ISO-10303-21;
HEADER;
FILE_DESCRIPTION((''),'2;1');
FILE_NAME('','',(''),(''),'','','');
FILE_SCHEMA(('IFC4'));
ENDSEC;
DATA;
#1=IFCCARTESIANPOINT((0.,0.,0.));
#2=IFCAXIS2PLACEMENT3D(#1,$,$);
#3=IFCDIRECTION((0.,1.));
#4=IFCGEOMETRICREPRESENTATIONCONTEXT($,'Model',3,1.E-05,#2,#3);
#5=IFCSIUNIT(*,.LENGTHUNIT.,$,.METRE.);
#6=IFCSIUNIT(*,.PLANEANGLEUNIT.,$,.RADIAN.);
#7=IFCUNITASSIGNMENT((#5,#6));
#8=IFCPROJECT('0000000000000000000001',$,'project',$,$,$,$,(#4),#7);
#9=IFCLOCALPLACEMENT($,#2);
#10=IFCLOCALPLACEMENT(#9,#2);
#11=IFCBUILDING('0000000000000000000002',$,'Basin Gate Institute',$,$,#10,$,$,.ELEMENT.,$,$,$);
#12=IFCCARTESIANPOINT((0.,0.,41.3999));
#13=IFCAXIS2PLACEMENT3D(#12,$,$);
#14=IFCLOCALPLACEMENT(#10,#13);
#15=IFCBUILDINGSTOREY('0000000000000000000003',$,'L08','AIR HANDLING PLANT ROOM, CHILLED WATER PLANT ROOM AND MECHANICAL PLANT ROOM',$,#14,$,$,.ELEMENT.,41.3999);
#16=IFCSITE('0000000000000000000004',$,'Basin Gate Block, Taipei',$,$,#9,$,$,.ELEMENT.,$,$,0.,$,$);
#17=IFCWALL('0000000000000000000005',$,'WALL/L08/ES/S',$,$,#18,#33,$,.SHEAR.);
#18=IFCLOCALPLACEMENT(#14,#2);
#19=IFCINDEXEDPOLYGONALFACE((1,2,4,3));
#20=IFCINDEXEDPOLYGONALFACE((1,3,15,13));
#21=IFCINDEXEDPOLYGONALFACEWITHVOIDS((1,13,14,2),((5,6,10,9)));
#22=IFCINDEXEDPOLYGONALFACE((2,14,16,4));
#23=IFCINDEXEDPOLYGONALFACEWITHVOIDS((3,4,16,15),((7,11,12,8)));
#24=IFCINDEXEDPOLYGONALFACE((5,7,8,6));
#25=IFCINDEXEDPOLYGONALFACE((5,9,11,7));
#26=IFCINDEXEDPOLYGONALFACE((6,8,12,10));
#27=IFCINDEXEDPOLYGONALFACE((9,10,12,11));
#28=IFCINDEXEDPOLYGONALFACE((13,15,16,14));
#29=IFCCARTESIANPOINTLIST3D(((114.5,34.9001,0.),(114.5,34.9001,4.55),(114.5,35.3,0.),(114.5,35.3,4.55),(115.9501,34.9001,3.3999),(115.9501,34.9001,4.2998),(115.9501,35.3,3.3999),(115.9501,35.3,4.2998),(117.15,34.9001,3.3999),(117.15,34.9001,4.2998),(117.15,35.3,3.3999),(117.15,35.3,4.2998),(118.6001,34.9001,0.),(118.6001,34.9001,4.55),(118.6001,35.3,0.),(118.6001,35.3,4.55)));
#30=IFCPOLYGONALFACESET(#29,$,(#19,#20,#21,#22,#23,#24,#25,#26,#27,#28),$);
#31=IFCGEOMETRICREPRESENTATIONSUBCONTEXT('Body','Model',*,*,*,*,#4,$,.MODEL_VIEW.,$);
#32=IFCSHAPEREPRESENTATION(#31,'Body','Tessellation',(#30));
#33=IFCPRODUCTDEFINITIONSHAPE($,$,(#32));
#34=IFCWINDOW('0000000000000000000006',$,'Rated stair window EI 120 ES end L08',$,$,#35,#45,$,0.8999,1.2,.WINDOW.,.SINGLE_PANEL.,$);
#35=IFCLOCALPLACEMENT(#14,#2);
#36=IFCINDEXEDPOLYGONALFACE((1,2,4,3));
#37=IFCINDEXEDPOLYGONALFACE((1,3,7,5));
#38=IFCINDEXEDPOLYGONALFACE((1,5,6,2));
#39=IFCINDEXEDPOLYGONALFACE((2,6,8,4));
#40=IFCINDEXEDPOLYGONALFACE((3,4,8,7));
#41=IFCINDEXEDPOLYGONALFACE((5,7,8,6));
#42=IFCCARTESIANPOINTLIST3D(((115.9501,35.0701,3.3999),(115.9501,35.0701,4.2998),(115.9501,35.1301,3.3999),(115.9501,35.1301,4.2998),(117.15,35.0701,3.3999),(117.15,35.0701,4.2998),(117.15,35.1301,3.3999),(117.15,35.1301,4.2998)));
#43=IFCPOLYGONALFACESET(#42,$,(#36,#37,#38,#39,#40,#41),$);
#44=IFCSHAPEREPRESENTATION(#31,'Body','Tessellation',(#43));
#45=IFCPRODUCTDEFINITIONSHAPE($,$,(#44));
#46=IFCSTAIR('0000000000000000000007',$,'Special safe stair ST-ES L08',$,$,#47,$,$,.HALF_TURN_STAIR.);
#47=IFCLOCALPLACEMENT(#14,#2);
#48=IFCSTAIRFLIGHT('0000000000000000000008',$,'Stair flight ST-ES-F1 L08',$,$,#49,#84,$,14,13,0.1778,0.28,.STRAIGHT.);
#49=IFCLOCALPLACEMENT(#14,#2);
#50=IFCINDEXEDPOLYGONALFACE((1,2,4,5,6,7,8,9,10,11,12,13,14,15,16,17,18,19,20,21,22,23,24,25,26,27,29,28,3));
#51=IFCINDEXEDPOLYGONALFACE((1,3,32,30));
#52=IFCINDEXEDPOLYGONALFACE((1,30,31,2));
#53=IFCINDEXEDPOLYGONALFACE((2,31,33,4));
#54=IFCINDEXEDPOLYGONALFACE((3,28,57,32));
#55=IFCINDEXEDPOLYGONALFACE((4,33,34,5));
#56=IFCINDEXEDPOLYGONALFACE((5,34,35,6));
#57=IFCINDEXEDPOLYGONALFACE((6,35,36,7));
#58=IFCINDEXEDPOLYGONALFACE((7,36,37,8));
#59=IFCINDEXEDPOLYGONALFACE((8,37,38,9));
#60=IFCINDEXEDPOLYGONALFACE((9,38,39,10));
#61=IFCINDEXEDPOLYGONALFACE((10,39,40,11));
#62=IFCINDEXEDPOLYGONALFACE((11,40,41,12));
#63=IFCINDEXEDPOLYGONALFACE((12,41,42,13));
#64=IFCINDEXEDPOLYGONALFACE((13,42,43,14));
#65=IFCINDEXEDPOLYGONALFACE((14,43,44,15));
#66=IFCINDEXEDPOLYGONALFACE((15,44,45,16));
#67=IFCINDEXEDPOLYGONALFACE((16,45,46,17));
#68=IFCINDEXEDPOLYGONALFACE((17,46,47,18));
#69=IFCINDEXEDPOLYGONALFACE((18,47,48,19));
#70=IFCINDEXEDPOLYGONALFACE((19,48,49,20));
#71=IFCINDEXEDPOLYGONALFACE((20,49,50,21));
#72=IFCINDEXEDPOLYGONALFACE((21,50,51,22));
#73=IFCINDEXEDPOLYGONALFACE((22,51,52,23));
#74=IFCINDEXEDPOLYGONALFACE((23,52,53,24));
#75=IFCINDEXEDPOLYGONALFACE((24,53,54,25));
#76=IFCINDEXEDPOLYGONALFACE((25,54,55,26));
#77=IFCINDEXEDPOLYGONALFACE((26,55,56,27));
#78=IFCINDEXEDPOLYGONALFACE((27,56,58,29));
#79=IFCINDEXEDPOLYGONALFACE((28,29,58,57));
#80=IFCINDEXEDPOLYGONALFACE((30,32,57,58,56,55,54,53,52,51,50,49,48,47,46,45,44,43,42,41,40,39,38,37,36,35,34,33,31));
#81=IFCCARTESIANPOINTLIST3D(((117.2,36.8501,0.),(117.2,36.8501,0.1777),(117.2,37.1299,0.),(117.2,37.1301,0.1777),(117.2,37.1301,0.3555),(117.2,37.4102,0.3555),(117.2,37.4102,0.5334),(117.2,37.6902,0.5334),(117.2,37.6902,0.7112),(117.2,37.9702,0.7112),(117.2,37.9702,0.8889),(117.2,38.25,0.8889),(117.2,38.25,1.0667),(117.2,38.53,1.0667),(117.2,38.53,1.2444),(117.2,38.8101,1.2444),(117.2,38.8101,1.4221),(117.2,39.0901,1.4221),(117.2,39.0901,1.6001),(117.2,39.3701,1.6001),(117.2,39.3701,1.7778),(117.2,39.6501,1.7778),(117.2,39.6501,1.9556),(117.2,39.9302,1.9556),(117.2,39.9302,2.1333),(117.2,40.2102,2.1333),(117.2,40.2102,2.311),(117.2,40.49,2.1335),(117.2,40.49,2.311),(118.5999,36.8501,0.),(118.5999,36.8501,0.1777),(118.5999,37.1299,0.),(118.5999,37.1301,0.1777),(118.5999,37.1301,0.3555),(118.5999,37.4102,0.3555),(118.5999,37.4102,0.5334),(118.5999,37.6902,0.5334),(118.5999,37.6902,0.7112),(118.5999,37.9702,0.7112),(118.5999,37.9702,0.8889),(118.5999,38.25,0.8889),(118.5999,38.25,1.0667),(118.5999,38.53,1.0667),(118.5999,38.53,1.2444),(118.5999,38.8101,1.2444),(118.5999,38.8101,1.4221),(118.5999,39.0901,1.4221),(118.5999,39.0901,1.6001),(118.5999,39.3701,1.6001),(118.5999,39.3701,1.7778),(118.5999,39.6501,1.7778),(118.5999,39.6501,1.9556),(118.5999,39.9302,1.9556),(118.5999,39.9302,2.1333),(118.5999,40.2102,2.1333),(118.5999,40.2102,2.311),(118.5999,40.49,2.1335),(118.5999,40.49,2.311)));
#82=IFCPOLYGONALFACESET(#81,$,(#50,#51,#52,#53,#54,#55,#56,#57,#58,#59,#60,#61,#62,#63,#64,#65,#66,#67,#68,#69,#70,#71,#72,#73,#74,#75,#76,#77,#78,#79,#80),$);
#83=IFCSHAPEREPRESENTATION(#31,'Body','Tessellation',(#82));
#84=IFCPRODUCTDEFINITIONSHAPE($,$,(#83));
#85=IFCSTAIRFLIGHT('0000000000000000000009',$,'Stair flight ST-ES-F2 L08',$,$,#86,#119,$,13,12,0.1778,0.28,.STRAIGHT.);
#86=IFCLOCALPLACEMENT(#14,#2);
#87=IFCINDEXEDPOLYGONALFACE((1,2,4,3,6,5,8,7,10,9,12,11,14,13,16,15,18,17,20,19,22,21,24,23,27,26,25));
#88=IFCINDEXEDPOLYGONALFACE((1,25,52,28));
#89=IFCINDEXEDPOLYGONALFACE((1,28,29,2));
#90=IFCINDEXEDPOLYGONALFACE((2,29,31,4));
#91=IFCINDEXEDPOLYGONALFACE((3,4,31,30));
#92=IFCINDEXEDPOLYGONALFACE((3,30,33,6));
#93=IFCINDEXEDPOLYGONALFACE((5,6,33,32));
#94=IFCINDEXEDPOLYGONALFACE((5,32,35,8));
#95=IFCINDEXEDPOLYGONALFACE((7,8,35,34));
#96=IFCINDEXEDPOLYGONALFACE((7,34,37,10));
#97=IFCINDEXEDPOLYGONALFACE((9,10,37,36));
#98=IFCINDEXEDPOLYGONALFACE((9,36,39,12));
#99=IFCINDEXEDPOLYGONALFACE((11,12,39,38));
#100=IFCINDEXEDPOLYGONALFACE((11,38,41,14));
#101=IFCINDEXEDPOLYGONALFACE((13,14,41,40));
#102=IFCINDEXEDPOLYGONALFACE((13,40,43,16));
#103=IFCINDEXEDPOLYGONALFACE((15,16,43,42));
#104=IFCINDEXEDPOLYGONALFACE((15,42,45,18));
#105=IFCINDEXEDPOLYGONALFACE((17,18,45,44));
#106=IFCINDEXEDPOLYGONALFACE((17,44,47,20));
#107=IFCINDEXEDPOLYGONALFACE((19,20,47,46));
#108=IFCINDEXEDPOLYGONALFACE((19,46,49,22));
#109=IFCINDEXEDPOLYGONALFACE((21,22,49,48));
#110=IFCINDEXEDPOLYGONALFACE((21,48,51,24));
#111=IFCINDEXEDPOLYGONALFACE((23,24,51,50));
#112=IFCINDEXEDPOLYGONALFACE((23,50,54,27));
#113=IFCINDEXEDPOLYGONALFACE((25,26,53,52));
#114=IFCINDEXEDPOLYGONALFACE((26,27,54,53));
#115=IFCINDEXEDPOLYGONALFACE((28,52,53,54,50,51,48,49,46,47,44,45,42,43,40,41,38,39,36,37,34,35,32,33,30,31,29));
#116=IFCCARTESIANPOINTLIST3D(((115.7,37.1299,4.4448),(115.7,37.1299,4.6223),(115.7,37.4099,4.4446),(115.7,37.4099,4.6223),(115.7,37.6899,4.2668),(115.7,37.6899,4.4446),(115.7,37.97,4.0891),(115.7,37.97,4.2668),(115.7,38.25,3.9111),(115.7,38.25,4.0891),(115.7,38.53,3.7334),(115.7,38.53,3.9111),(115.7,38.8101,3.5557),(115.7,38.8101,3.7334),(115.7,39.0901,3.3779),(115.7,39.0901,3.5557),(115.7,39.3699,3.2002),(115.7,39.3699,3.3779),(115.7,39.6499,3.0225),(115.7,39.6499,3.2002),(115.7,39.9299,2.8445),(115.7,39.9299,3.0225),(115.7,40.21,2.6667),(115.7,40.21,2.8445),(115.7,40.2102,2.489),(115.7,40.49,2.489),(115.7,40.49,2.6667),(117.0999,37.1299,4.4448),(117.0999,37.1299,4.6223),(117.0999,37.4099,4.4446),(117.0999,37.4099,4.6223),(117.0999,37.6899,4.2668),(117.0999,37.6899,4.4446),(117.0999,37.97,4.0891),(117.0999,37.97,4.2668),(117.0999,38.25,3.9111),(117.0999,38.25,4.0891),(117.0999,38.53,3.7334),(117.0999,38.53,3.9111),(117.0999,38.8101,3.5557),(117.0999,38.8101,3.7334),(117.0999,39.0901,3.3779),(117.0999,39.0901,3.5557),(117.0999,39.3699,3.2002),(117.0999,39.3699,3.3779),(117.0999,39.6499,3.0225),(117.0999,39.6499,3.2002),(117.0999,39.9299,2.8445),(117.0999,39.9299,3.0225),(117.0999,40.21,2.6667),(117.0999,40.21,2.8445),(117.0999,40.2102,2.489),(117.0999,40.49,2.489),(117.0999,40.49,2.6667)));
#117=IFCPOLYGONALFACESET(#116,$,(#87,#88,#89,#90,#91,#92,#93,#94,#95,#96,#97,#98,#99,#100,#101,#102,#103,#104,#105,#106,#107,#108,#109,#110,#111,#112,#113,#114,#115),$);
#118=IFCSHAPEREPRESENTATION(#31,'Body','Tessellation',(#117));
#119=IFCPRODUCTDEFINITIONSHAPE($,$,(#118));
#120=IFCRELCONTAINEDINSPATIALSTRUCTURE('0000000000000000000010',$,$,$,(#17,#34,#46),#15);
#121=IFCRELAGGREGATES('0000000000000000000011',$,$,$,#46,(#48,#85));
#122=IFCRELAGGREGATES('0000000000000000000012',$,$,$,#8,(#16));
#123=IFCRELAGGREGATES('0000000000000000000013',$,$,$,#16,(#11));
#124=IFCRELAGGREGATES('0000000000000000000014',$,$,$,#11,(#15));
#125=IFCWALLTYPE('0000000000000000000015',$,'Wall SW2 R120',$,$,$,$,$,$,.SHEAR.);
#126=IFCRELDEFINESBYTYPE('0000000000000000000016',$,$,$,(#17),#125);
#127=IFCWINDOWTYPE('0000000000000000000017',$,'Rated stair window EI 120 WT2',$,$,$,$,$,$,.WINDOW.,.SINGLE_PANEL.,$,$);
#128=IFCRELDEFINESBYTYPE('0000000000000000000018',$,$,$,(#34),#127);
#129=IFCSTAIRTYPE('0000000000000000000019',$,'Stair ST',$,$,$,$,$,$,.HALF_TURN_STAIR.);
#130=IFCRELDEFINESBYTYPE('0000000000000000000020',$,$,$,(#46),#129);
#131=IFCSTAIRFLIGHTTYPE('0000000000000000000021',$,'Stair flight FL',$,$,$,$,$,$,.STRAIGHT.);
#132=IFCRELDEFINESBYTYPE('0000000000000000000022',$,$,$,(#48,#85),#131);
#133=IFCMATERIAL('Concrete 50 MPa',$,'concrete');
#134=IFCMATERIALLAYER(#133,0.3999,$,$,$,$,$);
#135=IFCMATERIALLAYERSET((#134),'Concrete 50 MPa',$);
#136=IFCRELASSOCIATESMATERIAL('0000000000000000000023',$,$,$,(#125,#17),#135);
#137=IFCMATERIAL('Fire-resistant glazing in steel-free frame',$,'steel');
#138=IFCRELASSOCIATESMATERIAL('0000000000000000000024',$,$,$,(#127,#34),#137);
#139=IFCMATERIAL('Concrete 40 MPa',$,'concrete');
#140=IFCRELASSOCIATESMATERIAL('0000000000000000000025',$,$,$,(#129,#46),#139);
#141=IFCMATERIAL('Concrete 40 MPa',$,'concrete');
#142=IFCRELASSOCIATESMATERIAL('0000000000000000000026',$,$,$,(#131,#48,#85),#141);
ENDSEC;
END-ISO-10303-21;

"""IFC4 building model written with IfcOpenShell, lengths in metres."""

from ifc_helpers import new_model, si_unit, direction, frame, frame_2d, origin, place, context, subcontext, project, spatial, polyline, rectangle, outline, extrude, material, layer, layer_set, type_object, element, fill, aggregate, save


model = new_model("IFC4")

# Units and contexts
model_context = context("Model", 3, precision=1e-05, world=origin(), true_north=direction((0.0, 1.0)))
body_context = subcontext(model_context, "Body", "Model", "MODEL_VIEW")
ifc_project = project(units=[si_unit("LENGTHUNIT", "METRE"), si_unit("PLANEANGLEUNIT", "RADIAN")], contexts=[model_context])

# Site, building, storey
site_placement = place(None, origin())
site = spatial("IfcSite", under=ifc_project, at=site_placement, Name="Basin Gate Block, Taipei", CompositionType="ELEMENT", RefElevation=0.0)
building_placement = place(site_placement, origin())
building = spatial("IfcBuilding", under=site, at=building_placement, Name="Basin Gate Institute", CompositionType="ELEMENT")
storey_placement = place(building_placement, frame((0.0, 0.0, 41.3999)))
storey = spatial("IfcBuildingStorey", under=building, at=storey_placement, Name="L08", Description="AIR HANDLING PLANT ROOM, CHILLED WATER PLANT ROOM AND MECHANICAL PLANT ROOM", CompositionType="ELEMENT", Elevation=41.3999)

# Shared definitions
ifc_material_1 = material(Name="Concrete 50 MPa", Category="concrete")
ifc_layer_1 = layer(ifc_material_1, 0.3999)
ifc_layer_set_1 = layer_set([ifc_layer_1], Name="Concrete 50 MPa")
wall_type_1 = type_object("IfcWallType", Name="Wall SW2 R120", PredefinedType="SHEAR", material=ifc_layer_set_1)
ifc_material_2 = material(Name="Fire-resistant glazing in steel-free frame", Category="steel")
window_type_1 = type_object("IfcWindowType", Name="Rated stair window EI 120 WT2", PartitioningType="SINGLE_PANEL", PredefinedType="WINDOW", material=ifc_material_2)

# Wall, opening, window
wall_1_placement = place(storey_placement, frame((118.6001, 35.1001, 0.0), z_axis=(0.0, 0.0, 1.0), x_axis=(-1.0, 0.0, 0.0)))
wall_1 = element("IfcWall", 1, at=wall_1_placement, inside=storey, type_object=wall_type_1, material=ifc_layer_set_1, Name="WALL/L08/ES/S", PredefinedType="SHEAR", context=body_context, shape_type="SweptSolid", body=[
    extrude(rectangle(XDim=4.1001, YDim=0.3999, at=frame_2d((2.05, 0.0))), origin(), (0.0, 0.0, 1.0), 4.55),
])
opening_1_placement = place(wall_1_placement, frame((1.45, 0.0, 3.3999)))
opening_1 = element("IfcOpeningElement", 2, at=opening_1_placement, cuts=wall_1, PredefinedType="OPENING", context=body_context, shape_type="SweptSolid", body=[
    extrude(rectangle(XDim=1.2, YDim=0.8999, at=frame_2d((0.6001, 0.45))), frame((0.0, 0.21, 0.0), z_axis=(0.0, -1.0, 0.0), x_axis=(1.0, 0.0, 0.0)), (0.0, 0.0, 1.0), 0.4199),
])
window_1_placement = place(opening_1_placement, origin())
window_1 = element("IfcWindow", 3, at=window_1_placement, inside=storey, type_object=window_type_1, material=ifc_material_2, Name="Rated stair window EI 120 ES end L08", OverallHeight=0.8999, OverallWidth=1.2, PartitioningType="SINGLE_PANEL", PredefinedType="WINDOW", context=body_context, shape_type="SweptSolid", body=[
    extrude(rectangle(XDim=1.2, YDim=0.8999, at=frame_2d((0.6001, 0.45))), frame((0.0, 0.03, 0.0), z_axis=(0.0, -1.0, 0.0), x_axis=(1.0, 0.0, 0.0)), (0.0, 0.0, 1.0), 0.0601),
])
fill(opening_1, window_1)

# Stair, stair flights
ifc_material_3 = material(Name="Concrete 40 MPa", Category="concrete")
stair_type = type_object("IfcStairType", Name="Stair ST", PredefinedType="HALF_TURN_STAIR", material=ifc_material_3)
stair_placement = place(storey_placement, origin())
stair = element("IfcStair", 4, at=stair_placement, inside=storey, type_object=stair_type, material=ifc_material_3, Name="Special safe stair ST-ES L08", PredefinedType="HALF_TURN_STAIR")
ifc_material_4 = material(Name="Concrete 40 MPa", Category="concrete")
stair_flight_type = type_object("IfcStairFlightType", Name="Stair flight FL", PredefinedType="STRAIGHT", material=ifc_material_4)
stair_flight_1_placement = place(storey_placement, frame((117.8999, 36.8501, 0.0), z_axis=(0.0, 0.0, 1.0), x_axis=(0.0, 1.0, 0.0)))
stair_flight_1 = element("IfcStairFlight", 5, at=stair_flight_1_placement, type_object=stair_flight_type, material=ifc_material_4, Name="Stair flight ST-ES-F1 L08", NumberOfRisers=14, NumberOfTreads=13, PredefinedType="STRAIGHT", RiserHeight=0.1778, TreadLength=0.28, context=body_context, shape_type="SweptSolid", body=[
    extrude(outline(polyline([(0.0, 0.0), (0.0, 0.1777), (0.28, 0.1777), (0.28, 0.3555), (0.5601, 0.3555), (0.5601, 0.5334), (0.8401, 0.5334), (0.8401, 0.7112), (1.1201, 0.7112), (1.1201, 0.8889), (1.3999, 0.8889), (1.3999, 1.0667), (1.6799, 1.0667), (1.6799, 1.2444), (1.96, 1.2444), (1.96, 1.4221), (2.24, 1.4221), (2.24, 1.6001), (2.52, 1.6001), (2.52, 1.7778), (2.8, 1.7778), (2.8, 1.9556), (3.0801, 1.9556), (3.0801, 2.1333), (3.3601, 2.1333), (3.3601, 2.311), (3.6399, 2.311), (3.6399, 2.4888), (3.6399, 2.1335), (0.2798, 0.0), (0.0, 0.0)])), frame((0.0, 0.7, 0.0), z_axis=(0.0, -1.0, 0.0), x_axis=(1.0, 0.0, 0.0)), (0.0, 0.0, 1.0), 1.3999),
])
stair_flight_2_placement = place(storey_placement, frame((116.3999, 40.49, 2.489), z_axis=(0.0, 0.0, 1.0), x_axis=(0.0, -1.0, 0.0)))
stair_flight_2 = element("IfcStairFlight", 6, at=stair_flight_2_placement, type_object=stair_flight_type, material=ifc_material_4, Name="Stair flight ST-ES-F2 L08", NumberOfRisers=13, NumberOfTreads=12, PredefinedType="STRAIGHT", RiserHeight=0.1778, TreadLength=0.28, context=body_context, shape_type="SweptSolid", body=[
    extrude(outline(polyline([(0.0, 0.0), (0.0, 0.1777), (0.28, 0.1777), (0.28, 0.3555), (0.5601, 0.3555), (0.5601, 0.5334), (0.8401, 0.5334), (0.8401, 0.7112), (1.1201, 0.7112), (1.1201, 0.8889), (1.3999, 0.8889), (1.3999, 1.0667), (1.6799, 1.0667), (1.6799, 1.2444), (1.96, 1.2444), (1.96, 1.4221), (2.24, 1.4221), (2.24, 1.6001), (2.52, 1.6001), (2.52, 1.7778), (2.8, 1.7778), (2.8, 1.9556), (3.0801, 1.9556), (3.0801, 2.1333), (3.3601, 2.1333), (3.3601, 2.311), (3.3601, 1.9558), (0.2798, 0.0), (0.0, 0.0)])), frame((0.0, 0.7, 0.0), z_axis=(0.0, -1.0, 0.0), x_axis=(1.0, 0.0, 0.0)), (0.0, 0.0, 1.0), 1.3999),
])
aggregate(stair, [stair_flight_1, stair_flight_2])

save(model, "model.ifc")
